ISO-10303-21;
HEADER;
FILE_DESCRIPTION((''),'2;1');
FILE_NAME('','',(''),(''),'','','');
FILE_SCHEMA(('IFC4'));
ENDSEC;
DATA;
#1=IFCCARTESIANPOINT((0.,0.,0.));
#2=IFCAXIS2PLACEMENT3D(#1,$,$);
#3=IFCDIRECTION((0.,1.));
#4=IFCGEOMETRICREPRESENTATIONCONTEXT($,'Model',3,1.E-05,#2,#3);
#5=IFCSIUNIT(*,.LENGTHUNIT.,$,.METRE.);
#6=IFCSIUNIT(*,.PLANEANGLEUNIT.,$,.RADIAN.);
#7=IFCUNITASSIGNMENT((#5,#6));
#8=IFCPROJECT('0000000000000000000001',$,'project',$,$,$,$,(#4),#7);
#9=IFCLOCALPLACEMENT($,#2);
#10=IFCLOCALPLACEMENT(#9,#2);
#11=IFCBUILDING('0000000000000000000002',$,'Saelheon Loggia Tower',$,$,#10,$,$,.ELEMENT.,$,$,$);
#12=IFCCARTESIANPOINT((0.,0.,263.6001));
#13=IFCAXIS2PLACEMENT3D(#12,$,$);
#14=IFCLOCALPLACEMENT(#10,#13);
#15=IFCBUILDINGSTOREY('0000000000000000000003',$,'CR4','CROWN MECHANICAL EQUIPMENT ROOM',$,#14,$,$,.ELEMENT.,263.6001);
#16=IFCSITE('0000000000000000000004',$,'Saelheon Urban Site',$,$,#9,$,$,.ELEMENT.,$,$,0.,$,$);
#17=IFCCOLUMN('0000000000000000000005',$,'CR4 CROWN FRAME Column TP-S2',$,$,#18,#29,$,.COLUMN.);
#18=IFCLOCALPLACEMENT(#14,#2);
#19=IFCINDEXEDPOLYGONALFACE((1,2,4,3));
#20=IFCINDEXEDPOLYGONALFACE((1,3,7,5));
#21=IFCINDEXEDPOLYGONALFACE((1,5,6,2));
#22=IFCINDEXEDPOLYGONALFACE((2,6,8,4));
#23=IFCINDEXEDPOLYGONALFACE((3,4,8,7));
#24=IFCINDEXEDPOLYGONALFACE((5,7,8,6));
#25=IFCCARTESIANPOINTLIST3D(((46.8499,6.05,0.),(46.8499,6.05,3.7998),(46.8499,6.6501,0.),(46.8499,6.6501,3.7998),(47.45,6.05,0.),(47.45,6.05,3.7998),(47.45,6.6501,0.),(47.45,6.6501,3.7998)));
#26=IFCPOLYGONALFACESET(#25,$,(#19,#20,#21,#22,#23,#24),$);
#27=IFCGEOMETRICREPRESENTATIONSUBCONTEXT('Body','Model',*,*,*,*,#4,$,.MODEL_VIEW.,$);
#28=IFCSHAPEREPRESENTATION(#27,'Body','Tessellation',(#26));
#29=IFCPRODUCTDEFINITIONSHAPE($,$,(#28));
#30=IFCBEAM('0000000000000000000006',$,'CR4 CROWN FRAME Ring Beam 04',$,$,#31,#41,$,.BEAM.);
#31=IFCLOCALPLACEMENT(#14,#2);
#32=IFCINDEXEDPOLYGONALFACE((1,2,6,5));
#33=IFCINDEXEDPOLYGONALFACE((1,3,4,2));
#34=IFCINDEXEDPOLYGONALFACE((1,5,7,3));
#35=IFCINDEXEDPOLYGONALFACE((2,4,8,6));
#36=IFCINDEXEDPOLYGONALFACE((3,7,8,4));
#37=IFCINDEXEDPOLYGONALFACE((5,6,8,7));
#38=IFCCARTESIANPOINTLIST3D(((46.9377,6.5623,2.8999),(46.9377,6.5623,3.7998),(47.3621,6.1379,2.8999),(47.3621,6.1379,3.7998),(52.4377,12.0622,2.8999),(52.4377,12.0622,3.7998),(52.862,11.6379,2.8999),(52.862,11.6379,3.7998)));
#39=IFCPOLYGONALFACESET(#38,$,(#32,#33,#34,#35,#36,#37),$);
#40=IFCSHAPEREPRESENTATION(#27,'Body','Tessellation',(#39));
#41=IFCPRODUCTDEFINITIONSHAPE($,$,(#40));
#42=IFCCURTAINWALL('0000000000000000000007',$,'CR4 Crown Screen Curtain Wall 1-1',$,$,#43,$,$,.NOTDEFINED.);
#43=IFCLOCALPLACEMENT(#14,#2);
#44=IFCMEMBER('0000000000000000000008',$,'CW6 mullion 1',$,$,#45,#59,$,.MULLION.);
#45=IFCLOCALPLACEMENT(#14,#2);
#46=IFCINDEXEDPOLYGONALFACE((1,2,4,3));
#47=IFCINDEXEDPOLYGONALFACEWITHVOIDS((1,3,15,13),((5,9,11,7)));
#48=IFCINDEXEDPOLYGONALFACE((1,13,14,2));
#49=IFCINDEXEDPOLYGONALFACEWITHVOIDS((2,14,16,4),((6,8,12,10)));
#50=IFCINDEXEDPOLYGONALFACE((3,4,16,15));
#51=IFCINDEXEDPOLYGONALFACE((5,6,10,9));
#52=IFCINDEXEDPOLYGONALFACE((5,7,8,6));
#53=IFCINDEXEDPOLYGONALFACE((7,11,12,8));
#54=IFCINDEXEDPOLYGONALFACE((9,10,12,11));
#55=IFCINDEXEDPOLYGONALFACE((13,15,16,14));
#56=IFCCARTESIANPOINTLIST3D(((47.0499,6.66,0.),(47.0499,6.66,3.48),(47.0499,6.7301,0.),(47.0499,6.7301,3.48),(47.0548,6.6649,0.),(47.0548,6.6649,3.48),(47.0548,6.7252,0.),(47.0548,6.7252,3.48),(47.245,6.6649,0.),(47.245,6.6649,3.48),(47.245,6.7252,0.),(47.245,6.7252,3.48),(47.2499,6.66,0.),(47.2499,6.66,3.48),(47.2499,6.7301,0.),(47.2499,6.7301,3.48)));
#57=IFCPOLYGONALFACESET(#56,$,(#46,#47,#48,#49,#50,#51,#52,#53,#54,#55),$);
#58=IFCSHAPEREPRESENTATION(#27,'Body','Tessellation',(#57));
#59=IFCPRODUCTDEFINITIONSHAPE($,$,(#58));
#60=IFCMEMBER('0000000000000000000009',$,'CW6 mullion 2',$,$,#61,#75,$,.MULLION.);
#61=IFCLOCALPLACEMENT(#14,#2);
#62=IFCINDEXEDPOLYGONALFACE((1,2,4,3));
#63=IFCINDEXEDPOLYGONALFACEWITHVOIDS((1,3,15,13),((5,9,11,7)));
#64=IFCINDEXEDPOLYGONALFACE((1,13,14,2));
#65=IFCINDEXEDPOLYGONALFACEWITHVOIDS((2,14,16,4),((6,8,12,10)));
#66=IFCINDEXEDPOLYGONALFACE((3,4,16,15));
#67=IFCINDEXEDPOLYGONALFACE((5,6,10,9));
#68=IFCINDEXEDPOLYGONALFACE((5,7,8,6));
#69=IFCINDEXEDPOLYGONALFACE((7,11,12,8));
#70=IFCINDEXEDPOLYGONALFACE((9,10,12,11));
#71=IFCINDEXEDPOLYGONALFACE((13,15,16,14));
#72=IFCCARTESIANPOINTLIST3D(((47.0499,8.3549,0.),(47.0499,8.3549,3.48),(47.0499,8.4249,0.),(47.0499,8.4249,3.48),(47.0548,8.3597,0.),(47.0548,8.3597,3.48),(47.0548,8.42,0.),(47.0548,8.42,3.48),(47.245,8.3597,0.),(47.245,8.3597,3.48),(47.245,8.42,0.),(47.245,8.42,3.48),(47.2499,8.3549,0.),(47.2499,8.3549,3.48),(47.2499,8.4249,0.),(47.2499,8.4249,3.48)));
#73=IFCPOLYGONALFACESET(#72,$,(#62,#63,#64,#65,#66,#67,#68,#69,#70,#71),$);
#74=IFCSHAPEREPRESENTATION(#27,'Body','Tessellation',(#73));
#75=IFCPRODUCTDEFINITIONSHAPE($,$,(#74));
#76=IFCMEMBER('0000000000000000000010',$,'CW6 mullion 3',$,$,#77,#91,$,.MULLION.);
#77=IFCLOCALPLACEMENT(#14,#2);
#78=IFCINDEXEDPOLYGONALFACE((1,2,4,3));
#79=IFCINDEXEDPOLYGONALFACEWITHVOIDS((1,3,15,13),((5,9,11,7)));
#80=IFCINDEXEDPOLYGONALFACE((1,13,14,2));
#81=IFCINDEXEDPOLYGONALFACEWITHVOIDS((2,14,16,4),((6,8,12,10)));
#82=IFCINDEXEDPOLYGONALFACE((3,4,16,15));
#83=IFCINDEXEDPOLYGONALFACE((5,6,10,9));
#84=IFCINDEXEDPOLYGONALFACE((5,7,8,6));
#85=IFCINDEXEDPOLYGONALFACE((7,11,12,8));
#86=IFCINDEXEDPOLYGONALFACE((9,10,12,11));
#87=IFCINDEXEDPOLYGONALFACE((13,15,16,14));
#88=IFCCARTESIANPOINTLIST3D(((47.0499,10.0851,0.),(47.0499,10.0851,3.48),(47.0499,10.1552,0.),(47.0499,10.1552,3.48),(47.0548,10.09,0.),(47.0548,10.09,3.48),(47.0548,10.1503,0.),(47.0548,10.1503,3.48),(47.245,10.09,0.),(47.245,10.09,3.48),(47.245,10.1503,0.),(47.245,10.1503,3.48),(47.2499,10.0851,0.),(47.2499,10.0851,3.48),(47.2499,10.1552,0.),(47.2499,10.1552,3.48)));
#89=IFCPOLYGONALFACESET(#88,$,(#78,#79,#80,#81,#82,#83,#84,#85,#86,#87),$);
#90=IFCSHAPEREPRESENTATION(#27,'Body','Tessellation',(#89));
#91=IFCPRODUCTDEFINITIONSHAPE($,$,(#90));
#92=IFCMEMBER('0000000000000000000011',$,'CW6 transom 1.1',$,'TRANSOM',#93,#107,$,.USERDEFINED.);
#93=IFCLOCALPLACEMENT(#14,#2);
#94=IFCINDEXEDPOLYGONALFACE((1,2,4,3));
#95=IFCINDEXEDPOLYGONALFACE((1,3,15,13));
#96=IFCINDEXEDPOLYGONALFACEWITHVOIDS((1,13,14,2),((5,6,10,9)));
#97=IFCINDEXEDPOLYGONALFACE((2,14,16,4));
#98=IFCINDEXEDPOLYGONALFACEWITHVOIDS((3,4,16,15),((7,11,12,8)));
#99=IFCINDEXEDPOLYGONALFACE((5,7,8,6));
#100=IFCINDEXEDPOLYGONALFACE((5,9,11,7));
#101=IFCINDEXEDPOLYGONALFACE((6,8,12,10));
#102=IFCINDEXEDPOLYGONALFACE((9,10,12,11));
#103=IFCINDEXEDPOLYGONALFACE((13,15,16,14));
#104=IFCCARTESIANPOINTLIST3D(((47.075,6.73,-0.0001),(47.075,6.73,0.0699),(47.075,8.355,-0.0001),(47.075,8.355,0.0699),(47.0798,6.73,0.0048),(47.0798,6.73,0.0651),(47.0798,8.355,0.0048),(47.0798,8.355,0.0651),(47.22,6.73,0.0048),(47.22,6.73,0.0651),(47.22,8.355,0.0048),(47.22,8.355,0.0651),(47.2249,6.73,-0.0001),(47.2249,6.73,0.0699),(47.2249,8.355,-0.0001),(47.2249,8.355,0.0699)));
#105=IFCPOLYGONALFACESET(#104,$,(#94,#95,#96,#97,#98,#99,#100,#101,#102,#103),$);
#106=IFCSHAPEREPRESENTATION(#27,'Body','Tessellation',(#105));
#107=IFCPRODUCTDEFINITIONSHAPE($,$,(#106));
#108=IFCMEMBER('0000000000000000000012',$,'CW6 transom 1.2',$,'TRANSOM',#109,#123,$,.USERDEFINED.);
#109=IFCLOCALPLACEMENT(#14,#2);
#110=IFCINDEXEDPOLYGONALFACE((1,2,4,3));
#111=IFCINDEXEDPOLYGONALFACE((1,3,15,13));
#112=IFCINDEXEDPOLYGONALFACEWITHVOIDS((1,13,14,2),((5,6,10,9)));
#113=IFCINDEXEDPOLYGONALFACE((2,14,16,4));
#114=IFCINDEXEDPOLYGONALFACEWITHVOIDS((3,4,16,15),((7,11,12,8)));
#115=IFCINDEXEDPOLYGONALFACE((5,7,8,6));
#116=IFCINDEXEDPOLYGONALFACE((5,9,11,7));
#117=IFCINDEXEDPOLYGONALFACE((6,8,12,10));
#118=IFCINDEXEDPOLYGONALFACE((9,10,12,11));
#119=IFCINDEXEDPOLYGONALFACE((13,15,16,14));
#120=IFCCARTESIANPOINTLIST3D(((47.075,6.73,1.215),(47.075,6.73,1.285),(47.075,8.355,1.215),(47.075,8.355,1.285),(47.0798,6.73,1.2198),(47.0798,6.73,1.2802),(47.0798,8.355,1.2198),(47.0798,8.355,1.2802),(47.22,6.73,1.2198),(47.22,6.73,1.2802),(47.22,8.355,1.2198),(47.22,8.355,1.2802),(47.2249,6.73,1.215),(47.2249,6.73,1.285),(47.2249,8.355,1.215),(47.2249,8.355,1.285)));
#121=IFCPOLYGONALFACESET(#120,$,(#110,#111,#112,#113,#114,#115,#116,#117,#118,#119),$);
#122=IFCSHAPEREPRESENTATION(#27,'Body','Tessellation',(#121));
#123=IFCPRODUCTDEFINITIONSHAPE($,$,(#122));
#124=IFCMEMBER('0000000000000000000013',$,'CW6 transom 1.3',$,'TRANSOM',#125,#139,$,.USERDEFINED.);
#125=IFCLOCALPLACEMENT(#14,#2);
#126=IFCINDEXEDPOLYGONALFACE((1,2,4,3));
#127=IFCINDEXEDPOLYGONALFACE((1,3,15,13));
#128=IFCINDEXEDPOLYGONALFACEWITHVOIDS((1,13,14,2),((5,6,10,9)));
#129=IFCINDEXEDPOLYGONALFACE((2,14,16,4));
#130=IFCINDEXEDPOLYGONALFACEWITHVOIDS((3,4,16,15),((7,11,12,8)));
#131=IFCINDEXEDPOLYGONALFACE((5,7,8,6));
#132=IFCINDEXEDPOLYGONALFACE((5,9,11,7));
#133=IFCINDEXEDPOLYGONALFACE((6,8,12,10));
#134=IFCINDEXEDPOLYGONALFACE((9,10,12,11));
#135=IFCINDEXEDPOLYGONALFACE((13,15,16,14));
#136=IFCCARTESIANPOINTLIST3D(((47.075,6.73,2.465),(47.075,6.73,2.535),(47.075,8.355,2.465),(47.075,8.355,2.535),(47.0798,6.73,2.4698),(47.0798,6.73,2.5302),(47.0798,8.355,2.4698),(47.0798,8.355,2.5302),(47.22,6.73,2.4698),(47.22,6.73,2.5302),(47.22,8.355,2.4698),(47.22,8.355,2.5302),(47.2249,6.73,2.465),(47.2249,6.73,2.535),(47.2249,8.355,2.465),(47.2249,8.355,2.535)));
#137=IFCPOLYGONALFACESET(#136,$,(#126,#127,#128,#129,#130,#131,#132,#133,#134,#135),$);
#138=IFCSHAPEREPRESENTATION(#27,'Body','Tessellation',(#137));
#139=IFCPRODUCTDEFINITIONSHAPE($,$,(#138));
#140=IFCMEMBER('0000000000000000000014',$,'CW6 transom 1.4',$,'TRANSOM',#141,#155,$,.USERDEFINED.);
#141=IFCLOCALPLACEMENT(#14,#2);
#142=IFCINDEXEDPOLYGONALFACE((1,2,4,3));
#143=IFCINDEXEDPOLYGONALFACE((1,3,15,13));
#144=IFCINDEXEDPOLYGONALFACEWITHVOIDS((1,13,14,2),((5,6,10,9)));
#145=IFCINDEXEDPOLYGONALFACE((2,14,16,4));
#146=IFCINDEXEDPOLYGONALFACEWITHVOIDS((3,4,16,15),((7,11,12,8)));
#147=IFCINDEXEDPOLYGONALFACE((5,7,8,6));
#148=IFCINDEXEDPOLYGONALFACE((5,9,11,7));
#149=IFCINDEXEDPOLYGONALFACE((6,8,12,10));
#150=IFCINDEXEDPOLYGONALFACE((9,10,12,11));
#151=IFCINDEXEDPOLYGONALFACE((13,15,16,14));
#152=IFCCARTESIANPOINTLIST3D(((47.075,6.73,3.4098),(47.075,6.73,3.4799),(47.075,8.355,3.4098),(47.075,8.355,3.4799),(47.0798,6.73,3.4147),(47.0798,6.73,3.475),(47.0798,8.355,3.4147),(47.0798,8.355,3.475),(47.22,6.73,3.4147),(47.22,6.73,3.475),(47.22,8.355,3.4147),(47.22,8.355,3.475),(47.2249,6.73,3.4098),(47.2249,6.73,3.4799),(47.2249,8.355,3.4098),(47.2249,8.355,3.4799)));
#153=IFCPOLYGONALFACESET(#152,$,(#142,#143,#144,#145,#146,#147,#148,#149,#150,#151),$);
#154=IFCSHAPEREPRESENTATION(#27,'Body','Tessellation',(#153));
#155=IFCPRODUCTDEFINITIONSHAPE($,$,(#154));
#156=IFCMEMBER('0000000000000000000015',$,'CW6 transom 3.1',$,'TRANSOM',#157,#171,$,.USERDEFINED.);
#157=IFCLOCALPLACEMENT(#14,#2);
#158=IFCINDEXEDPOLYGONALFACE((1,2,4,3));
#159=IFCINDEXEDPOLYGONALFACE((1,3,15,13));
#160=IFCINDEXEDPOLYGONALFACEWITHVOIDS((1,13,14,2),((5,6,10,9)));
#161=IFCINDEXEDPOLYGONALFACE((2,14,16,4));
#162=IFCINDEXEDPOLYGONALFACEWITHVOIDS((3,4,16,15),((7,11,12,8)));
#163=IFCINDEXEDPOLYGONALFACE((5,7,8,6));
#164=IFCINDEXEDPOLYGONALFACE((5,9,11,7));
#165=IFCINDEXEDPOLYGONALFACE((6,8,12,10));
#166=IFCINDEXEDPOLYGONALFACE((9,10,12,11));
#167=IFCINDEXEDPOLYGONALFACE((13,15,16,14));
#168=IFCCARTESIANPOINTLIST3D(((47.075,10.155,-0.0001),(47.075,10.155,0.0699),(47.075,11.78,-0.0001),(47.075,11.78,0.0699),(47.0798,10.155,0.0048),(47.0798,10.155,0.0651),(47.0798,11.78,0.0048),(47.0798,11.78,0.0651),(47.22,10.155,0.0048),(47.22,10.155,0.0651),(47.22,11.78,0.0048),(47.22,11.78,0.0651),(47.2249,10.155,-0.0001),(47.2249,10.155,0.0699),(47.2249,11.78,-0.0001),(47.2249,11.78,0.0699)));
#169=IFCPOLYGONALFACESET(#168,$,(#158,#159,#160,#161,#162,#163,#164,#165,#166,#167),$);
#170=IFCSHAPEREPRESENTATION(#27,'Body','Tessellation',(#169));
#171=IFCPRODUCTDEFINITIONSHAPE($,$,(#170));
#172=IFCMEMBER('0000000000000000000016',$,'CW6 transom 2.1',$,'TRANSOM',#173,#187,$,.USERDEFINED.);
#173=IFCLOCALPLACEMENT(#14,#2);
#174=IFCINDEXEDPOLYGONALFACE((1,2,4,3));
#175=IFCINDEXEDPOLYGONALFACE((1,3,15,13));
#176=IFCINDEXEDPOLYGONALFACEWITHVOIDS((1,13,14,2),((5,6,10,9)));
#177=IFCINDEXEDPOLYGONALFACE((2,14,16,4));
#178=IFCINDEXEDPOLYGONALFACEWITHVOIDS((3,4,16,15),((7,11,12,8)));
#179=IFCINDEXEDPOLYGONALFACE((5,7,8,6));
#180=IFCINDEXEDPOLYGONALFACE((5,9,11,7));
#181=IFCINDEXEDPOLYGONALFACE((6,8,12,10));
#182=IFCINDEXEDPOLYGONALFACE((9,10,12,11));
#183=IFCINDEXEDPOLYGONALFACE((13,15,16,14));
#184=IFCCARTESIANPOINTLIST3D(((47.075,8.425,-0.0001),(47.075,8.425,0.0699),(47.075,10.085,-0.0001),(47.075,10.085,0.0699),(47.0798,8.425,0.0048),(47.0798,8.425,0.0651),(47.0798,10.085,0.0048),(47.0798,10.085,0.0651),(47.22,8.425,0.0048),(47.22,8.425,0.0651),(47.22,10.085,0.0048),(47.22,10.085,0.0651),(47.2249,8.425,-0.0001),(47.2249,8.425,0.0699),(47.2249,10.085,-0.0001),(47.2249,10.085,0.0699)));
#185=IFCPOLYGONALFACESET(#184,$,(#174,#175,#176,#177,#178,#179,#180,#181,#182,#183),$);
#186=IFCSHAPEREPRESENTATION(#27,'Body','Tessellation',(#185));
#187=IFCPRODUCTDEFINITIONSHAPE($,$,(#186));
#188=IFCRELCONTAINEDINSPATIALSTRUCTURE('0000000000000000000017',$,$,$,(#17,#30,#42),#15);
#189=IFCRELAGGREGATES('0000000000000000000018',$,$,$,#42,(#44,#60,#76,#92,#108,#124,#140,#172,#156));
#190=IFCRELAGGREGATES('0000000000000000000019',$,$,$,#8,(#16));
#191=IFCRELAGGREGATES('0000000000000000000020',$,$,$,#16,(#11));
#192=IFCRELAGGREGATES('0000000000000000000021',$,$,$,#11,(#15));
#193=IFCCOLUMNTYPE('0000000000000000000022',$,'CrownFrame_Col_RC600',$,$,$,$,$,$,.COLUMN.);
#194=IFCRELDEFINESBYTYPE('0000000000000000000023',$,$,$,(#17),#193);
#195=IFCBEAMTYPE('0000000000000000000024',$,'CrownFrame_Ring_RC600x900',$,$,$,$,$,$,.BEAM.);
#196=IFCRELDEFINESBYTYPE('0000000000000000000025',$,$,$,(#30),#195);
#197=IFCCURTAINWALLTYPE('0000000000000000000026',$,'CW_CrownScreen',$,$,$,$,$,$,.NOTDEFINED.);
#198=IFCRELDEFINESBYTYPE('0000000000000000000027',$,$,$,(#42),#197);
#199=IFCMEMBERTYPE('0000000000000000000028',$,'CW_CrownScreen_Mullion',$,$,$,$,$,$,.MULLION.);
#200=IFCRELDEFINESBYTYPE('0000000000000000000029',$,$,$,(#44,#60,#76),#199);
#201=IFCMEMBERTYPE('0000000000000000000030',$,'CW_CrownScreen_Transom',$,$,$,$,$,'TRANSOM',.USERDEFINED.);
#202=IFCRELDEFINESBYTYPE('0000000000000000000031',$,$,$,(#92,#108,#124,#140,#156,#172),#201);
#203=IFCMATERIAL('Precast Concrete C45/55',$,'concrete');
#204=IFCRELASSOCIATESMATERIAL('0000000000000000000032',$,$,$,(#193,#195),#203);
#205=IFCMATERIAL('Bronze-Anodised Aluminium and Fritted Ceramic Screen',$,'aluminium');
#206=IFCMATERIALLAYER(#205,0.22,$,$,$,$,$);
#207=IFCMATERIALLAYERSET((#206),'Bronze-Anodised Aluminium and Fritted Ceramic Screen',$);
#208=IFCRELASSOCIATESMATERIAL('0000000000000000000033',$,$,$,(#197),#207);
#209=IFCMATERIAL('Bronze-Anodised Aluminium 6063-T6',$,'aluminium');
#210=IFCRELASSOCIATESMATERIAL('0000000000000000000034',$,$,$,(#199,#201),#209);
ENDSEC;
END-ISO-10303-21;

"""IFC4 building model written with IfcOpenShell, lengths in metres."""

from ifc_helpers import new_model, si_unit, direction, frame, origin, origin_2d, place, context, subcontext, project, spatial, rectangle, hollow_rectangle, extrude, source, transform, mapped, material, layer, layer_set, material_profile, profile_set, type_object, element, aggregate, save


model = new_model("IFC4")

# Units and contexts
model_context = context("Model", 3, precision=1e-05, world=origin(), true_north=direction((0.0, 1.0)))
body_context = subcontext(model_context, "Body", "Model", "MODEL_VIEW")
ifc_project = project(units=[si_unit("LENGTHUNIT", "METRE"), si_unit("PLANEANGLEUNIT", "RADIAN")], contexts=[model_context])

# Site, building, storey
site_placement = place(None, origin())
site = spatial("IfcSite", under=ifc_project, at=site_placement, Name="Saelheon Urban Site", CompositionType="ELEMENT", RefElevation=0.0)
building_placement = place(site_placement, origin())
building = spatial("IfcBuilding", under=site, at=building_placement, Name="Saelheon Loggia Tower", CompositionType="ELEMENT")
storey_placement = place(building_placement, frame((0.0, 0.0, 263.6001)))
storey = spatial("IfcBuildingStorey", under=building, at=storey_placement, Name="CR4", Description="CROWN MECHANICAL EQUIPMENT ROOM", CompositionType="ELEMENT", Elevation=263.6001)

# Column
ifc_material_1 = material(Name="Precast Concrete C45/55", Category="concrete")
ifc_material_profile_1 = material_profile(ifc_material_1, rectangle(XDim=0.6001, YDim=0.6001, at=origin_2d()), Name="RC-600x600")
ifc_profile_set_1 = profile_set([ifc_material_profile_1], Name="Precast Concrete C45/55")
column_type = type_object("IfcColumnType", Name="CrownFrame_Col_RC600", PredefinedType="COLUMN", material=ifc_profile_set_1)
shared_shape_1 = source(origin(), body_context, "Body", "SweptSolid", [
    extrude(rectangle(XDim=0.6001, YDim=0.6001, at=origin_2d()), origin(), (0.0, 0.0, 1.0), 3.7998),
])
column_placement = place(storey_placement, frame((47.1499, 6.3501, 0.0), z_axis=(0.0, 0.0, 1.0), x_axis=(1.0, 0.0, 0.0)))
element("IfcColumn", 1, at=column_placement, inside=storey, type_object=column_type, Name="CR4 CROWN FRAME Column TP-S2", PredefinedType="COLUMN", context=body_context, shape_type="MappedRepresentation", body=[
    mapped(shared_shape_1, transform((0.0, 0.0, 0.0), scale=1.0)),
])

# Beam
ifc_material_profile_2 = material_profile(ifc_material_1, rectangle(XDim=0.6001, YDim=0.8999, at=origin_2d()), Name="RC-600x900")
ifc_profile_set_2 = profile_set([ifc_material_profile_2], Name="Precast Concrete C45/55")
beam_type = type_object("IfcBeamType", Name="CrownFrame_Ring_RC600x900", PredefinedType="BEAM", material=ifc_profile_set_2)
shared_shape_2 = source(origin(), body_context, "Body", "SweptSolid", [
    extrude(rectangle(XDim=0.6001, YDim=0.8999, at=origin_2d()), origin(), (0.0, 0.0, 1.0), 7.7781),
])
beam_placement = place(storey_placement, frame((47.1499, 6.3501, 3.3499), z_axis=(0.707107, 0.707107, 0.0), x_axis=(-0.707107, 0.707107, 0.0)))
element("IfcBeam", 2, at=beam_placement, inside=storey, type_object=beam_type, Name="CR4 CROWN FRAME Ring Beam 04", PredefinedType="BEAM", context=body_context, shape_type="MappedRepresentation", body=[
    mapped(shared_shape_2, transform((0.0, 0.0, 0.0), scale=1.0)),
])

# Curtain wall, members
ifc_material_2 = material(Name="Bronze-Anodised Aluminium and Fritted Ceramic Screen", Category="aluminium")
ifc_layer_1 = layer(ifc_material_2, 0.22)
ifc_layer_set_1 = layer_set([ifc_layer_1], Name="Bronze-Anodised Aluminium and Fritted Ceramic Screen")
curtain_wall_type = type_object("IfcCurtainWallType", Name="CW_CrownScreen", PredefinedType="NOTDEFINED", material=ifc_layer_set_1)
curtain_wall_placement = place(storey_placement, origin())
curtain_wall = element("IfcCurtainWall", 3, at=curtain_wall_placement, inside=storey, type_object=curtain_wall_type, Name="CR4 Crown Screen Curtain Wall 1-1", PredefinedType="NOTDEFINED")
ifc_material_3 = material(Name="Bronze-Anodised Aluminium 6063-T6", Category="aluminium")
ifc_material_profile_3 = material_profile(ifc_material_3, hollow_rectangle(XDim=0.0701, YDim=0.2, WallThickness=0.0049, at=origin_2d()), Name="RHS-200x70x5")
ifc_profile_set_3 = profile_set([ifc_material_profile_3], Name="Bronze-Anodised Aluminium 6063-T6")
member_type_1 = type_object("IfcMemberType", Name="CW_CrownScreen_Mullion", PredefinedType="MULLION", material=ifc_profile_set_3)
shared_shape_3 = source(origin(), body_context, "Body", "SweptSolid", [
    extrude(hollow_rectangle(XDim=0.0701, YDim=0.2, WallThickness=0.0049, at=origin_2d()), origin(), (0.0, 0.0, 1.0), 3.48),
])
member_1_placement = place(storey_placement, frame((47.1499, 6.6951, 0.0), z_axis=(0.0, 0.0, 1.0), x_axis=(0.0, 1.0, 0.0)))
member_1 = element("IfcMember", 4, at=member_1_placement, type_object=member_type_1, Name="CW6 mullion 1", PredefinedType="MULLION", context=body_context, shape_type="MappedRepresentation", body=[
    mapped(shared_shape_3, transform((0.0, 0.0, 0.0), scale=1.0)),
])
member_2_placement = place(storey_placement, frame((47.1499, 8.3899, 0.0), z_axis=(0.0, 0.0, 1.0), x_axis=(0.0, 1.0, 0.0)))
member_2 = element("IfcMember", 5, at=member_2_placement, type_object=member_type_1, Name="CW6 mullion 2", PredefinedType="MULLION", context=body_context, shape_type="MappedRepresentation", body=[
    mapped(shared_shape_3, transform((0.0, 0.0, 0.0), scale=1.0)),
])
member_3_placement = place(storey_placement, frame((47.1499, 10.1201, 0.0), z_axis=(0.0, 0.0, 1.0), x_axis=(0.0, 1.0, 0.0)))
member_3 = element("IfcMember", 6, at=member_3_placement, type_object=member_type_1, Name="CW6 mullion 3", PredefinedType="MULLION", context=body_context, shape_type="MappedRepresentation", body=[
    mapped(shared_shape_3, transform((0.0, 0.0, 0.0), scale=1.0)),
])
ifc_material_profile_4 = material_profile(ifc_material_3, hollow_rectangle(XDim=0.0701, YDim=0.1499, WallThickness=0.0049, at=origin_2d()), Name="RHS-150x70x5")
ifc_profile_set_4 = profile_set([ifc_material_profile_4], Name="Bronze-Anodised Aluminium 6063-T6")
member_type_2 = type_object("IfcMemberType", Name="CW_CrownScreen_Transom", ElementType="TRANSOM", PredefinedType="USERDEFINED", material=ifc_profile_set_4)
shared_shape_4 = source(origin(), body_context, "Body", "SweptSolid", [
    extrude(hollow_rectangle(XDim=0.0701, YDim=0.1499, WallThickness=0.0049, at=origin_2d()), origin(), (0.0, 0.0, 1.0), 1.625),
])
member_4_placement = place(storey_placement, frame((47.1499, 6.73, 0.0349), z_axis=(0.0, 1.0, 0.0), x_axis=(0.0, 0.0, 1.0)))
member_4 = element("IfcMember", 7, at=member_4_placement, type_object=member_type_2, Name="CW6 transom 1.1", ObjectType="TRANSOM", PredefinedType="USERDEFINED", context=body_context, shape_type="MappedRepresentation", body=[
    mapped(shared_shape_4, transform((0.0, 0.0, 0.0), scale=1.0)),
])
member_5_placement = place(storey_placement, frame((47.1499, 6.73, 1.25), z_axis=(0.0, 1.0, 0.0), x_axis=(0.0, 0.0, 1.0)))
member_5 = element("IfcMember", 8, at=member_5_placement, type_object=member_type_2, Name="CW6 transom 1.2", ObjectType="TRANSOM", PredefinedType="USERDEFINED", context=body_context, shape_type="MappedRepresentation", body=[
    mapped(shared_shape_4, transform((0.0, 0.0, 0.0), scale=1.0)),
])
member_6_placement = place(storey_placement, frame((47.1499, 6.73, 2.5), z_axis=(0.0, 1.0, 0.0), x_axis=(0.0, 0.0, 1.0)))
member_6 = element("IfcMember", 9, at=member_6_placement, type_object=member_type_2, Name="CW6 transom 1.3", ObjectType="TRANSOM", PredefinedType="USERDEFINED", context=body_context, shape_type="MappedRepresentation", body=[
    mapped(shared_shape_4, transform((0.0, 0.0, 0.0), scale=1.0)),
])
member_7_placement = place(storey_placement, frame((47.1499, 6.73, 3.4448), z_axis=(0.0, 1.0, 0.0), x_axis=(0.0, 0.0, 1.0)))
member_7 = element("IfcMember", 10, at=member_7_placement, type_object=member_type_2, Name="CW6 transom 1.4", ObjectType="TRANSOM", PredefinedType="USERDEFINED", context=body_context, shape_type="MappedRepresentation", body=[
    mapped(shared_shape_4, transform((0.0, 0.0, 0.0), scale=1.0)),
])
member_8_placement = place(storey_placement, frame((47.1499, 10.155, 0.0349), z_axis=(0.0, 1.0, 0.0), x_axis=(0.0, 0.0, 1.0)))
member_8 = element("IfcMember", 11, at=member_8_placement, type_object=member_type_2, Name="CW6 transom 3.1", ObjectType="TRANSOM", PredefinedType="USERDEFINED", context=body_context, shape_type="MappedRepresentation", body=[
    mapped(shared_shape_4, transform((0.0, 0.0, 0.0), scale=1.0)),
])
shared_shape_5 = source(origin(), body_context, "Body", "SweptSolid", [
    extrude(hollow_rectangle(XDim=0.0701, YDim=0.1499, WallThickness=0.0049, at=origin_2d()), origin(), (0.0, 0.0, 1.0), 1.6599),
])
member_9_placement = place(storey_placement, frame((47.1499, 8.425, 0.0349), z_axis=(0.0, 1.0, 0.0), x_axis=(0.0, 0.0, 1.0)))
member_9 = element("IfcMember", 12, at=member_9_placement, type_object=member_type_2, Name="CW6 transom 2.1", ObjectType="TRANSOM", PredefinedType="USERDEFINED", context=body_context, shape_type="MappedRepresentation", body=[
    mapped(shared_shape_5, transform((0.0, 0.0, 0.0), scale=1.0)),
])
aggregate(curtain_wall, [member_1, member_2, member_3, member_4, member_5, member_6, member_7, member_9, member_8])

save(model, "model.ifc")
